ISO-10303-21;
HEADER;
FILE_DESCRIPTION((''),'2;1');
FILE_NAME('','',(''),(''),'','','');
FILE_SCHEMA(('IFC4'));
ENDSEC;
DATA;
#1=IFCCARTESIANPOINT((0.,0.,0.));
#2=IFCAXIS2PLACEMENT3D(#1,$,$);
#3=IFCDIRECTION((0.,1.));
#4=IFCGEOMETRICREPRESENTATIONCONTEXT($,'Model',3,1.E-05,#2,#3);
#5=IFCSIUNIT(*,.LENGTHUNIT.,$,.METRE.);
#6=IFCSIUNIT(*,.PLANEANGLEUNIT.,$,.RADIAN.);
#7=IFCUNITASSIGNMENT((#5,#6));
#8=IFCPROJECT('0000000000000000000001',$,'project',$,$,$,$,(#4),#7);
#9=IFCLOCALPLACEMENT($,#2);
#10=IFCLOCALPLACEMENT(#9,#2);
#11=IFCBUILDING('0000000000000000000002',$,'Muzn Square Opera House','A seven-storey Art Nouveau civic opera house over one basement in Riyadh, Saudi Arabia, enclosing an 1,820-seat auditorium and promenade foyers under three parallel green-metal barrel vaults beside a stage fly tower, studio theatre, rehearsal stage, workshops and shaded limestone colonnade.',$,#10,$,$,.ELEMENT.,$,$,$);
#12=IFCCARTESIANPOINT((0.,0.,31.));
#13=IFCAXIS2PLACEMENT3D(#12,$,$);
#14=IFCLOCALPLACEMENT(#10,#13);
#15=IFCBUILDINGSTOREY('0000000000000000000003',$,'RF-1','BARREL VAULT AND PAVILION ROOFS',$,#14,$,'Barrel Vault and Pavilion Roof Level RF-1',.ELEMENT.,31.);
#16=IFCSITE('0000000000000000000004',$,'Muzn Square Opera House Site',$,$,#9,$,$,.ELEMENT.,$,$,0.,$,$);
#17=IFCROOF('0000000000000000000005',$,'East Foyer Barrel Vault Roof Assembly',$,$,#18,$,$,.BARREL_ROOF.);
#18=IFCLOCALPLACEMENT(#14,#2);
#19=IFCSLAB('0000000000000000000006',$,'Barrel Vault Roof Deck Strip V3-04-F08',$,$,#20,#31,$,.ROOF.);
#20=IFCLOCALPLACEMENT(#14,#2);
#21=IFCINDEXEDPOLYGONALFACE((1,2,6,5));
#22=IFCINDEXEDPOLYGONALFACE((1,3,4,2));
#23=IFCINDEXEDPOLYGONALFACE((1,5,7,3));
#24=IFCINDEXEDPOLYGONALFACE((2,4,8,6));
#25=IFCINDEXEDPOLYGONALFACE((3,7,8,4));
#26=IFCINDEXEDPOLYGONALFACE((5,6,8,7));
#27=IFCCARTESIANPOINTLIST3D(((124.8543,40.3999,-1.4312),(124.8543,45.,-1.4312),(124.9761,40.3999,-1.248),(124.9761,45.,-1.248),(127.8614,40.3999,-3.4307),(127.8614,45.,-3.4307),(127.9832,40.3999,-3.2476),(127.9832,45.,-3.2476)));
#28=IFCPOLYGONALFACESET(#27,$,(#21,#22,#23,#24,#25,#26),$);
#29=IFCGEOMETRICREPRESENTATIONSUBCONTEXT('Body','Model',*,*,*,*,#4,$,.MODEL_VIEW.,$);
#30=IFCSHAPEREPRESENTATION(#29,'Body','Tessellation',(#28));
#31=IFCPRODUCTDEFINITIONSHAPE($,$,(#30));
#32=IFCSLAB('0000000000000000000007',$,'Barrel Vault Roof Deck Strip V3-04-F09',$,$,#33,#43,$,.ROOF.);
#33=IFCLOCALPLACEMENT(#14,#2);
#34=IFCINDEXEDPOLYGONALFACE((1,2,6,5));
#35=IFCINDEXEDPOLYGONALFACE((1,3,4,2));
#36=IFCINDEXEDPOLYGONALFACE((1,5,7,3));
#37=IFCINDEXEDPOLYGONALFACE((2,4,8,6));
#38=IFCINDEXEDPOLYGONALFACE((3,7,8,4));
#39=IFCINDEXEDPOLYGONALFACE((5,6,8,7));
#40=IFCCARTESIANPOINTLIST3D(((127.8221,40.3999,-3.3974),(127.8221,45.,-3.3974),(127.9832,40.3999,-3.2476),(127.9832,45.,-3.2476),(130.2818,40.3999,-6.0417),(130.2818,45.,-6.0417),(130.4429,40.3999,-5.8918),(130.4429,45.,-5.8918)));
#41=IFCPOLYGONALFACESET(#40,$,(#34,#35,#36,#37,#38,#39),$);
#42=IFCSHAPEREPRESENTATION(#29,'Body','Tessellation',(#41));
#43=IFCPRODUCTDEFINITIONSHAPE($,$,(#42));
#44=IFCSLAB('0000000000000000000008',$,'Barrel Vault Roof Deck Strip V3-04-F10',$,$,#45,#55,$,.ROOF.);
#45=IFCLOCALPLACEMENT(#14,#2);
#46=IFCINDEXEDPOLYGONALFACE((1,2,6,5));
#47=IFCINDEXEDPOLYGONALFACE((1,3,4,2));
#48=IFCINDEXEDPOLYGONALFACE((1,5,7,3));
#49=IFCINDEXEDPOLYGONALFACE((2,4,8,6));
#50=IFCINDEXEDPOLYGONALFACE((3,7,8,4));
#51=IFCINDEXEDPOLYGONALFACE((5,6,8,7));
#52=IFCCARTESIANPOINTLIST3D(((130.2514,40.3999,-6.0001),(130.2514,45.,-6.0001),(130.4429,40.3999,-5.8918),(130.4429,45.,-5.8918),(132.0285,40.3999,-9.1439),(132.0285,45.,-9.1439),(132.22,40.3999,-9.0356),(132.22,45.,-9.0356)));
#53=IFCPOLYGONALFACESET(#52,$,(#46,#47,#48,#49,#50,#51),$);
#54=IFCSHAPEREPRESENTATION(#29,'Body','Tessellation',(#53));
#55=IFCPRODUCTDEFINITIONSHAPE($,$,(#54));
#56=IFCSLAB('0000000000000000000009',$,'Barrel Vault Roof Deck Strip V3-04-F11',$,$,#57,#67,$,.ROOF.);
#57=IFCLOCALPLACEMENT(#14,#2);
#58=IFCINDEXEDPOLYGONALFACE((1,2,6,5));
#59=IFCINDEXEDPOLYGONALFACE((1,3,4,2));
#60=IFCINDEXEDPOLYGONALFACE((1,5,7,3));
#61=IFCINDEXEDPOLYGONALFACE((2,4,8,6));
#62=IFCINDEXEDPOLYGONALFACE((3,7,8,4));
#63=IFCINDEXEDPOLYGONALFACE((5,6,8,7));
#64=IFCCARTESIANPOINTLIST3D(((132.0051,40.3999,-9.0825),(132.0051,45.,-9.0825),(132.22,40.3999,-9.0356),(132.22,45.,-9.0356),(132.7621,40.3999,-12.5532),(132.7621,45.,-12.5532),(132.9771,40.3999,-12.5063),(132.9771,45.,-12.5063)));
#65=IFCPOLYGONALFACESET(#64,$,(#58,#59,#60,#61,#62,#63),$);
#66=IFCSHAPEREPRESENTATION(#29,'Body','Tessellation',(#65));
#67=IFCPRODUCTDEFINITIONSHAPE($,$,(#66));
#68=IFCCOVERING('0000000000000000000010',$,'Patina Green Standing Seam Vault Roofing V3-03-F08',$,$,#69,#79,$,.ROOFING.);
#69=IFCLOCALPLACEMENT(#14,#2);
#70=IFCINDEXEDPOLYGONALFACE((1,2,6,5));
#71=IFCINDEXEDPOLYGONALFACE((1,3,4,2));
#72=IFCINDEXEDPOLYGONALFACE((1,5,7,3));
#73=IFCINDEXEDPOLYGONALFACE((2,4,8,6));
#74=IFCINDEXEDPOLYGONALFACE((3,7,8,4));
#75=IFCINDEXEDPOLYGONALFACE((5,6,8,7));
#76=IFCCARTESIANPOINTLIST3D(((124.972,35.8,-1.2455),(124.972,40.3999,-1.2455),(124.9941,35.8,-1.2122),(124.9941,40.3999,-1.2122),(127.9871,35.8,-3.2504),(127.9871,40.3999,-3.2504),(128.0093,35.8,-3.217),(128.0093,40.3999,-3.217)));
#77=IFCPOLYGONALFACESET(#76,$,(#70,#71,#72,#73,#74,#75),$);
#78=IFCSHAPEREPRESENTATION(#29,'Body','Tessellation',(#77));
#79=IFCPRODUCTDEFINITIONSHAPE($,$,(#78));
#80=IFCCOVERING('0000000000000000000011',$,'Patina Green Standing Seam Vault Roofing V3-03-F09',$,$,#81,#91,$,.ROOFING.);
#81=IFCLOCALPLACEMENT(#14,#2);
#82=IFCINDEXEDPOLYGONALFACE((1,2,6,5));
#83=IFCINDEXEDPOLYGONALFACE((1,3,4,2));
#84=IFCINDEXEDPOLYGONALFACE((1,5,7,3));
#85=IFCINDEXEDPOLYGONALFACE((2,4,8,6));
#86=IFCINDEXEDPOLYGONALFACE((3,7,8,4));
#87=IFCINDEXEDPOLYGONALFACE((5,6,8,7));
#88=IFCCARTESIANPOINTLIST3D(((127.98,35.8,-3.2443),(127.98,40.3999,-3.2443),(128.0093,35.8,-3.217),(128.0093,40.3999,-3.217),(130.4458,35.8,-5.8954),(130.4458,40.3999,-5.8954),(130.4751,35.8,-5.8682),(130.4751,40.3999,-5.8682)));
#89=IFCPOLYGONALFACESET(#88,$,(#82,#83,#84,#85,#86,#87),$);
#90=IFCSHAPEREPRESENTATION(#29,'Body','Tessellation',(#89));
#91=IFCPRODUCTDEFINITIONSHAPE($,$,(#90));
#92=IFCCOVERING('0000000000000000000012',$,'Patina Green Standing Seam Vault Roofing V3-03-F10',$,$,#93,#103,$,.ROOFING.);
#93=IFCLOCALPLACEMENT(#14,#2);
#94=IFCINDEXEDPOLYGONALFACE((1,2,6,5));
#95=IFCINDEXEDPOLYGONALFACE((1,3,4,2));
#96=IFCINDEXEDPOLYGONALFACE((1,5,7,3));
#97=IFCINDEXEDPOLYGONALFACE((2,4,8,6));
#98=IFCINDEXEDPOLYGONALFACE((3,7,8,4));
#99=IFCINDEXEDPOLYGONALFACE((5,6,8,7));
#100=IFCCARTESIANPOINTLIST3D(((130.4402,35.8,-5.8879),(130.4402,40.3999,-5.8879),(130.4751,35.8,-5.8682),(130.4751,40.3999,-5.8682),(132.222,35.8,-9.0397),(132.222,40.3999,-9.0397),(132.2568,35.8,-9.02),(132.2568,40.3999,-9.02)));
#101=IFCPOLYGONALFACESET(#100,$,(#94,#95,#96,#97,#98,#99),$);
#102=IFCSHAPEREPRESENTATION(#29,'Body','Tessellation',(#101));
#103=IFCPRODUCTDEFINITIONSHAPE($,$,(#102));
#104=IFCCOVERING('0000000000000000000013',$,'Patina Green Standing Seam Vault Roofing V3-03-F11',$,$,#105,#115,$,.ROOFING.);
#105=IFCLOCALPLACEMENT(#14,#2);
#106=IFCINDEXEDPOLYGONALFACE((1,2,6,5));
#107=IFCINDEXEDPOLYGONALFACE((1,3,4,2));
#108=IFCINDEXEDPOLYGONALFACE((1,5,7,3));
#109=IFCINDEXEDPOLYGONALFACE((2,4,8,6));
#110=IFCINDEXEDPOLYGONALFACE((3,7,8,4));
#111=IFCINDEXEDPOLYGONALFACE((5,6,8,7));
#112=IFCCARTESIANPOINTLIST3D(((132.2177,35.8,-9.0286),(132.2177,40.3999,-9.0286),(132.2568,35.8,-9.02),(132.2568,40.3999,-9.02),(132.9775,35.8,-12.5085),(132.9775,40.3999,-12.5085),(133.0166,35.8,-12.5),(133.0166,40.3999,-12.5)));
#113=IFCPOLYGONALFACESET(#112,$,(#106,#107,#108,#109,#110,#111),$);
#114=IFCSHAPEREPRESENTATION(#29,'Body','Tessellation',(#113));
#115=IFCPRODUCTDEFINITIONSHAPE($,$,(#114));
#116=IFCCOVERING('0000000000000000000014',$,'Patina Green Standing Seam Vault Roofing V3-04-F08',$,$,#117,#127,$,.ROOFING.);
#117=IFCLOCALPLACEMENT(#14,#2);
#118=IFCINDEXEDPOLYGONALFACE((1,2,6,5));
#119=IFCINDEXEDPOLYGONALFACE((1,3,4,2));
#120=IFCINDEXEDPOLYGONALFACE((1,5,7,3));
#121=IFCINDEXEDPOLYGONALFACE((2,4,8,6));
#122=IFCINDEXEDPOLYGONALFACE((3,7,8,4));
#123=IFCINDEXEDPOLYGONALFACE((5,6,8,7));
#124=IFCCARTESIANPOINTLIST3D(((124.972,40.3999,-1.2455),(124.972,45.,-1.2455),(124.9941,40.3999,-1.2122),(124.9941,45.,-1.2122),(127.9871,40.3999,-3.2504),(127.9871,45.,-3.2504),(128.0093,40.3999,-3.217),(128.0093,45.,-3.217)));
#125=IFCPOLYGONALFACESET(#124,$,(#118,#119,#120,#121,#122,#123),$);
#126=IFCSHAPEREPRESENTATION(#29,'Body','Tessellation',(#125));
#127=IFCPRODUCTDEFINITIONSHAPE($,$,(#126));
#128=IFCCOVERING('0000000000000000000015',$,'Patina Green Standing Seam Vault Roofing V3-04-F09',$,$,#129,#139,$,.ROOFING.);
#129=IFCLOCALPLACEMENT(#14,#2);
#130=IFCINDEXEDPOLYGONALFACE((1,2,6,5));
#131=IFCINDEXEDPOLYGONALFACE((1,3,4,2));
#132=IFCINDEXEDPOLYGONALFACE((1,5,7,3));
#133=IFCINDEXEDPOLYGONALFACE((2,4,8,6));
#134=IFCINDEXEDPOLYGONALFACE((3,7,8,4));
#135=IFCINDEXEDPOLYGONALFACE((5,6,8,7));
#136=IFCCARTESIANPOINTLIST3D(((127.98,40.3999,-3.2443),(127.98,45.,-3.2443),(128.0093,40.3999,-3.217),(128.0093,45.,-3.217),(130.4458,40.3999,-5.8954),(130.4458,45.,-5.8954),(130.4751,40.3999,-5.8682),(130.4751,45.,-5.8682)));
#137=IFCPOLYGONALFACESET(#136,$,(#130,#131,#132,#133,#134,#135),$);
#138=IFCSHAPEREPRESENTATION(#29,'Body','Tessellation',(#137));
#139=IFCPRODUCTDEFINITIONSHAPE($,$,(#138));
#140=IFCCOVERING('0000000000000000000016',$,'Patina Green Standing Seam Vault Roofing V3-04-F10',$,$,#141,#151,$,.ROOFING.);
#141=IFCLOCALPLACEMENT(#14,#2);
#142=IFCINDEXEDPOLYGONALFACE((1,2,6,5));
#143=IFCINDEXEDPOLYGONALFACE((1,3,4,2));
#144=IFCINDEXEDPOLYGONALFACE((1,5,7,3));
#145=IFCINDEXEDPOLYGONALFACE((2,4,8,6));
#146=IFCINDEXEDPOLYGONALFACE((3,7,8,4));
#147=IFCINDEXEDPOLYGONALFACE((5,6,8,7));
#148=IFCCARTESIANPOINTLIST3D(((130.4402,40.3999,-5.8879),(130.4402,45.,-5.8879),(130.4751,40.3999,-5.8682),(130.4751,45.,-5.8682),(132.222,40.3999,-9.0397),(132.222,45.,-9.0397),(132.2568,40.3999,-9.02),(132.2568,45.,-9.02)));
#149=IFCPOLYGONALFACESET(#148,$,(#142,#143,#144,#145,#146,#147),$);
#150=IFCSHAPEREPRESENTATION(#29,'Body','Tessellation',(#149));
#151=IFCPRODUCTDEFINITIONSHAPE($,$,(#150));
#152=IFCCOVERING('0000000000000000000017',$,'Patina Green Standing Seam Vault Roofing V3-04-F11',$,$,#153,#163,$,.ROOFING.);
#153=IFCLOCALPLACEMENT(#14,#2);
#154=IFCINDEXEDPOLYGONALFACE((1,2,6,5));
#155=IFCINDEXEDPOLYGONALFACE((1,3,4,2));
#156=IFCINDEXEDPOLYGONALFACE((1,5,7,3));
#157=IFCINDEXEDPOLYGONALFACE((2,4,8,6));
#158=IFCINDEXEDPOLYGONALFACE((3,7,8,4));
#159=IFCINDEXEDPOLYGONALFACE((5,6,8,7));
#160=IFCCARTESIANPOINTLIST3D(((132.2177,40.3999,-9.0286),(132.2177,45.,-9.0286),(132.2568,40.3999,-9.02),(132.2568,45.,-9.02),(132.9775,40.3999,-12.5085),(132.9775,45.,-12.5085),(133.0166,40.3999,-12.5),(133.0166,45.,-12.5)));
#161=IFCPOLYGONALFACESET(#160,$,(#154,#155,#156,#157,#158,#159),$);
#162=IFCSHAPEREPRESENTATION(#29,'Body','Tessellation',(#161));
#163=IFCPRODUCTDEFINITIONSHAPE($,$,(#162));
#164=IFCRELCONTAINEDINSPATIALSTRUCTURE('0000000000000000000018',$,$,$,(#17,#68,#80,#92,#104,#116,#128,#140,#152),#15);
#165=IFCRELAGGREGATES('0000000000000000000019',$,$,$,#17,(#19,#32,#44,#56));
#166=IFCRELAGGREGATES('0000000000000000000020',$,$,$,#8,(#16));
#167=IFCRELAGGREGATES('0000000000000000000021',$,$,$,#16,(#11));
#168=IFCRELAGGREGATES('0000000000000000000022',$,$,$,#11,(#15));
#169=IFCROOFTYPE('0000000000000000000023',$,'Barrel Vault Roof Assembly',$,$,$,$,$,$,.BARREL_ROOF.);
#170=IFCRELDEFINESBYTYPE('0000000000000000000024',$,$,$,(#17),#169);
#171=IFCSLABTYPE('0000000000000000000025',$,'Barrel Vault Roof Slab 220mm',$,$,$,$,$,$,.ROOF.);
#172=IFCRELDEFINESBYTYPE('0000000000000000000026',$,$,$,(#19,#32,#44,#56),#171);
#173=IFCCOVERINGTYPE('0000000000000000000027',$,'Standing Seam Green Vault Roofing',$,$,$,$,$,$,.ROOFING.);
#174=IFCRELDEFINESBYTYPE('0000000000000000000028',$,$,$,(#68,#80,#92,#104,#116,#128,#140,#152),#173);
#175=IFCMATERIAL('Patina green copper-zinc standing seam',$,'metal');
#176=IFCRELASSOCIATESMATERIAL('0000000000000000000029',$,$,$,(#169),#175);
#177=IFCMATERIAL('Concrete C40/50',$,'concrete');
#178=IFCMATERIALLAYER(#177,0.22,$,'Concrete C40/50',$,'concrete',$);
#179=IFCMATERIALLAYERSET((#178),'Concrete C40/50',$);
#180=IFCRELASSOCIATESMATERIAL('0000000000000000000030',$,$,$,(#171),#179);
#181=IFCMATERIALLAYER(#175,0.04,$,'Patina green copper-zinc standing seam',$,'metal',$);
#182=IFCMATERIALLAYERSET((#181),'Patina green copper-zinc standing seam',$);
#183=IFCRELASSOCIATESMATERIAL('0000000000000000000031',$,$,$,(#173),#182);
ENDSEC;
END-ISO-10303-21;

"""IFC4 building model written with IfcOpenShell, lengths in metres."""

from ifc_helpers import new_model, si_unit, direction, frame, origin, place, context, subcontext, project, spatial, polyline, outline, extrude, material, layer, layer_set, type_object, element, aggregate, save


model = new_model("IFC4")

# Units and contexts
model_context = context("Model", 3, precision=1e-05, world=origin(), true_north=direction((0.0, 1.0)))
body_context = subcontext(model_context, "Body", "Model", "MODEL_VIEW")
ifc_project = project(units=[si_unit("LENGTHUNIT", "METRE"), si_unit("PLANEANGLEUNIT", "RADIAN")], contexts=[model_context])

# Site, building, storey
site_placement = place(None, origin())
site = spatial("IfcSite", under=ifc_project, at=site_placement, Name="Muzn Square Opera House Site", CompositionType="ELEMENT", RefElevation=0.0)
building_placement = place(site_placement, origin())
building = spatial("IfcBuilding", under=site, at=building_placement, Name="Muzn Square Opera House", Description="A seven-storey Art Nouveau civic opera house over one basement in Riyadh, Saudi Arabia, enclosing an 1,820-seat auditorium and promenade foyers under three parallel green-metal barrel vaults beside a stage fly tower, studio theatre, rehearsal stage, workshops and shaded limestone colonnade.", CompositionType="ELEMENT")
storey_placement = place(building_placement, frame((0.0, 0.0, 31.0)))
storey = spatial("IfcBuildingStorey", under=building, at=storey_placement, Name="RF-1", Description="BARREL VAULT AND PAVILION ROOFS", LongName="Barrel Vault and Pavilion Roof Level RF-1", CompositionType="ELEMENT", Elevation=31.0)

# Roof, slabs
ifc_material_1 = material(Name="Patina green copper-zinc standing seam", Category="metal")
roof_type = type_object("IfcRoofType", Name="Barrel Vault Roof Assembly", PredefinedType="BARREL_ROOF", material=ifc_material_1)
roof_placement = place(storey_placement, origin())
roof = element("IfcRoof", 1, at=roof_placement, inside=storey, type_object=roof_type, Name="East Foyer Barrel Vault Roof Assembly", PredefinedType="BARREL_ROOF")
ifc_material_2 = material(Name="Concrete C40/50", Category="concrete")
ifc_layer_1 = layer(ifc_material_2, 0.22, Name="Concrete C40/50", Category="concrete")
ifc_layer_set_1 = layer_set([ifc_layer_1], Name="Concrete C40/50")
slab_type = type_object("IfcSlabType", Name="Barrel Vault Roof Slab 220mm", PredefinedType="ROOF", material=ifc_layer_set_1)
slab_1_placement = place(storey_placement, frame((124.9761, 40.3999, -1.248), z_axis=(0.553701, 0.0, 0.832715), x_axis=(0.832715, 0.0, -0.553701)))
slab_1 = element("IfcSlab", 2, at=slab_1_placement, type_object=slab_type, Name="Barrel Vault Roof Deck Strip V3-04-F08", PredefinedType="ROOF", context=body_context, shape_type="SweptSolid", body=[
    extrude(outline(polyline([(0.0, 0.0), (3.6112, 0.0), (3.6112, 4.6001), (0.0, 4.6001), (0.0, 0.0)])), origin(), (0.0, 0.0, -1.0), 0.22),
])
slab_2_placement = place(storey_placement, frame((127.9832, 40.3999, -3.2476), z_axis=(0.732198, 0.0, 0.681091), x_axis=(0.681091, 0.0, -0.732198)))
slab_2 = element("IfcSlab", 3, at=slab_2_placement, type_object=slab_type, Name="Barrel Vault Roof Deck Strip V3-04-F09", PredefinedType="ROOF", context=body_context, shape_type="SweptSolid", body=[
    extrude(outline(polyline([(0.0, 0.0), (3.6114, 0.0), (3.6114, 4.6001), (0.0, 4.6001), (0.0, 0.0)])), origin(), (0.0, 0.0, -1.0), 0.22),
])
slab_3_placement = place(storey_placement, frame((130.4429, 40.3999, -5.8918), z_axis=(0.870543, 0.0, 0.492093), x_axis=(0.492093, 0.0, -0.870543)))
slab_3 = element("IfcSlab", 4, at=slab_3_placement, type_object=slab_type, Name="Barrel Vault Roof Deck Strip V3-04-F10", PredefinedType="ROOF", context=body_context, shape_type="SweptSolid", body=[
    extrude(outline(polyline([(0.0, 0.0), (3.6113, 0.0), (3.6113, 4.6001), (0.0, 4.6001), (0.0, 0.0)])), origin(), (0.0, 0.0, -1.0), 0.22),
])
slab_4_placement = place(storey_placement, frame((132.22, 40.3999, -9.0356), z_axis=(0.977025, 0.0, 0.213123), x_axis=(0.213123, 0.0, -0.977025)))
slab_4 = element("IfcSlab", 5, at=slab_4_placement, type_object=slab_type, Name="Barrel Vault Roof Deck Strip V3-04-F11", PredefinedType="ROOF", context=body_context, shape_type="SweptSolid", body=[
    extrude(outline(polyline([(0.0, 0.0), (3.5523, 0.0), (3.5523, 4.6001), (0.0, 4.6001), (0.0, 0.0)])), origin(), (0.0, 0.0, -1.0), 0.22),
])
aggregate(roof, [slab_1, slab_2, slab_3, slab_4])

# Coverings
ifc_layer_2 = layer(ifc_material_1, 0.04, Name="Patina green copper-zinc standing seam", Category="metal")
ifc_layer_set_2 = layer_set([ifc_layer_2], Name="Patina green copper-zinc standing seam")
covering_type = type_object("IfcCoveringType", Name="Standing Seam Green Vault Roofing", PredefinedType="ROOFING", material=ifc_layer_set_2)
covering_1_placement = place(storey_placement, frame((124.9941, 35.8, -1.2122), z_axis=(0.553704, 0.0, 0.832714), x_axis=(0.832714, 0.0, -0.553704)))
element("IfcCovering", 6, at=covering_1_placement, inside=storey, type_object=covering_type, Name="Patina Green Standing Seam Vault Roofing V3-03-F08", PredefinedType="ROOFING", context=body_context, shape_type="SweptSolid", body=[
    extrude(outline(polyline([(0.0, 0.0), (3.6209, 0.0), (3.6209, 4.5999), (0.0, 4.5999), (0.0, 0.0)])), origin(), (0.0, 0.0, -1.0), 0.04),
])
covering_2_placement = place(storey_placement, frame((128.0093, 35.8, -3.217), z_axis=(0.732234, 0.0, 0.681053), x_axis=(0.681053, 0.0, -0.732234)))
element("IfcCovering", 7, at=covering_2_placement, inside=storey, type_object=covering_type, Name="Patina Green Standing Seam Vault Roofing V3-03-F09", PredefinedType="ROOFING", context=body_context, shape_type="SweptSolid", body=[
    extrude(outline(polyline([(0.0, 0.0), (3.6206, 0.0), (3.6206, 4.5999), (0.0, 4.5999), (0.0, 0.0)])), origin(), (0.0, 0.0, -1.0), 0.04),
])
covering_3_placement = place(storey_placement, frame((130.4751, 35.8, -5.8682), z_axis=(0.870533, 0.0, 0.492111), x_axis=(0.492111, 0.0, -0.870533)))
element("IfcCovering", 8, at=covering_3_placement, inside=storey, type_object=covering_type, Name="Patina Green Standing Seam Vault Roofing V3-03-F10", PredefinedType="ROOFING", context=body_context, shape_type="SweptSolid", body=[
    extrude(outline(polyline([(0.0, 0.0), (3.6206, 0.0), (3.6206, 4.5999), (0.0, 4.5999), (0.0, 0.0)])), origin(), (0.0, 0.0, -1.0), 0.04),
])
covering_4_placement = place(storey_placement, frame((132.2568, 35.8, -9.02), z_axis=(0.976987, 0.0, 0.2133), x_axis=(0.2133, 0.0, -0.976987)))
element("IfcCovering", 9, at=covering_4_placement, inside=storey, type_object=covering_type, Name="Patina Green Standing Seam Vault Roofing V3-03-F11", PredefinedType="ROOFING", context=body_context, shape_type="SweptSolid", body=[
    extrude(outline(polyline([(0.0, 0.0), (3.562, 0.0), (3.562, 4.5999), (0.0, 4.5999), (0.0, 0.0)])), origin(), (0.0, 0.0, -1.0), 0.04),
])
covering_5_placement = place(storey_placement, frame((124.9941, 40.3999, -1.2122), z_axis=(0.553704, 0.0, 0.832714), x_axis=(0.832714, 0.0, -0.553704)))
element("IfcCovering", 10, at=covering_5_placement, inside=storey, type_object=covering_type, Name="Patina Green Standing Seam Vault Roofing V3-04-F08", PredefinedType="ROOFING", context=body_context, shape_type="SweptSolid", body=[
    extrude(outline(polyline([(0.0, 0.0), (3.6209, 0.0), (3.6209, 4.6001), (0.0, 4.6001), (0.0, 0.0)])), origin(), (0.0, 0.0, -1.0), 0.04),
])
covering_6_placement = place(storey_placement, frame((128.0093, 40.3999, -3.217), z_axis=(0.732234, 0.0, 0.681053), x_axis=(0.681053, 0.0, -0.732234)))
element("IfcCovering", 11, at=covering_6_placement, inside=storey, type_object=covering_type, Name="Patina Green Standing Seam Vault Roofing V3-04-F09", PredefinedType="ROOFING", context=body_context, shape_type="SweptSolid", body=[
    extrude(outline(polyline([(0.0, 0.0), (3.6206, 0.0), (3.6206, 4.6001), (0.0, 4.6001), (0.0, 0.0)])), origin(), (0.0, 0.0, -1.0), 0.04),
])
covering_7_placement = place(storey_placement, frame((130.4751, 40.3999, -5.8682), z_axis=(0.870533, 0.0, 0.492111), x_axis=(0.492111, 0.0, -0.870533)))
element("IfcCovering", 12, at=covering_7_placement, inside=storey, type_object=covering_type, Name="Patina Green Standing Seam Vault Roofing V3-04-F10", PredefinedType="ROOFING", context=body_context, shape_type="SweptSolid", body=[
    extrude(outline(polyline([(0.0, 0.0), (3.6206, 0.0), (3.6206, 4.6001), (0.0, 4.6001), (0.0, 0.0)])), origin(), (0.0, 0.0, -1.0), 0.04),
])
covering_8_placement = place(storey_placement, frame((132.2568, 40.3999, -9.02), z_axis=(0.976987, 0.0, 0.2133), x_axis=(0.2133, 0.0, -0.976987)))
element("IfcCovering", 13, at=covering_8_placement, inside=storey, type_object=covering_type, Name="Patina Green Standing Seam Vault Roofing V3-04-F11", PredefinedType="ROOFING", context=body_context, shape_type="SweptSolid", body=[
    extrude(outline(polyline([(0.0, 0.0), (3.562, 0.0), (3.562, 4.6001), (0.0, 4.6001), (0.0, 0.0)])), origin(), (0.0, 0.0, -1.0), 0.04),
])

save(model, "model.ifc")
